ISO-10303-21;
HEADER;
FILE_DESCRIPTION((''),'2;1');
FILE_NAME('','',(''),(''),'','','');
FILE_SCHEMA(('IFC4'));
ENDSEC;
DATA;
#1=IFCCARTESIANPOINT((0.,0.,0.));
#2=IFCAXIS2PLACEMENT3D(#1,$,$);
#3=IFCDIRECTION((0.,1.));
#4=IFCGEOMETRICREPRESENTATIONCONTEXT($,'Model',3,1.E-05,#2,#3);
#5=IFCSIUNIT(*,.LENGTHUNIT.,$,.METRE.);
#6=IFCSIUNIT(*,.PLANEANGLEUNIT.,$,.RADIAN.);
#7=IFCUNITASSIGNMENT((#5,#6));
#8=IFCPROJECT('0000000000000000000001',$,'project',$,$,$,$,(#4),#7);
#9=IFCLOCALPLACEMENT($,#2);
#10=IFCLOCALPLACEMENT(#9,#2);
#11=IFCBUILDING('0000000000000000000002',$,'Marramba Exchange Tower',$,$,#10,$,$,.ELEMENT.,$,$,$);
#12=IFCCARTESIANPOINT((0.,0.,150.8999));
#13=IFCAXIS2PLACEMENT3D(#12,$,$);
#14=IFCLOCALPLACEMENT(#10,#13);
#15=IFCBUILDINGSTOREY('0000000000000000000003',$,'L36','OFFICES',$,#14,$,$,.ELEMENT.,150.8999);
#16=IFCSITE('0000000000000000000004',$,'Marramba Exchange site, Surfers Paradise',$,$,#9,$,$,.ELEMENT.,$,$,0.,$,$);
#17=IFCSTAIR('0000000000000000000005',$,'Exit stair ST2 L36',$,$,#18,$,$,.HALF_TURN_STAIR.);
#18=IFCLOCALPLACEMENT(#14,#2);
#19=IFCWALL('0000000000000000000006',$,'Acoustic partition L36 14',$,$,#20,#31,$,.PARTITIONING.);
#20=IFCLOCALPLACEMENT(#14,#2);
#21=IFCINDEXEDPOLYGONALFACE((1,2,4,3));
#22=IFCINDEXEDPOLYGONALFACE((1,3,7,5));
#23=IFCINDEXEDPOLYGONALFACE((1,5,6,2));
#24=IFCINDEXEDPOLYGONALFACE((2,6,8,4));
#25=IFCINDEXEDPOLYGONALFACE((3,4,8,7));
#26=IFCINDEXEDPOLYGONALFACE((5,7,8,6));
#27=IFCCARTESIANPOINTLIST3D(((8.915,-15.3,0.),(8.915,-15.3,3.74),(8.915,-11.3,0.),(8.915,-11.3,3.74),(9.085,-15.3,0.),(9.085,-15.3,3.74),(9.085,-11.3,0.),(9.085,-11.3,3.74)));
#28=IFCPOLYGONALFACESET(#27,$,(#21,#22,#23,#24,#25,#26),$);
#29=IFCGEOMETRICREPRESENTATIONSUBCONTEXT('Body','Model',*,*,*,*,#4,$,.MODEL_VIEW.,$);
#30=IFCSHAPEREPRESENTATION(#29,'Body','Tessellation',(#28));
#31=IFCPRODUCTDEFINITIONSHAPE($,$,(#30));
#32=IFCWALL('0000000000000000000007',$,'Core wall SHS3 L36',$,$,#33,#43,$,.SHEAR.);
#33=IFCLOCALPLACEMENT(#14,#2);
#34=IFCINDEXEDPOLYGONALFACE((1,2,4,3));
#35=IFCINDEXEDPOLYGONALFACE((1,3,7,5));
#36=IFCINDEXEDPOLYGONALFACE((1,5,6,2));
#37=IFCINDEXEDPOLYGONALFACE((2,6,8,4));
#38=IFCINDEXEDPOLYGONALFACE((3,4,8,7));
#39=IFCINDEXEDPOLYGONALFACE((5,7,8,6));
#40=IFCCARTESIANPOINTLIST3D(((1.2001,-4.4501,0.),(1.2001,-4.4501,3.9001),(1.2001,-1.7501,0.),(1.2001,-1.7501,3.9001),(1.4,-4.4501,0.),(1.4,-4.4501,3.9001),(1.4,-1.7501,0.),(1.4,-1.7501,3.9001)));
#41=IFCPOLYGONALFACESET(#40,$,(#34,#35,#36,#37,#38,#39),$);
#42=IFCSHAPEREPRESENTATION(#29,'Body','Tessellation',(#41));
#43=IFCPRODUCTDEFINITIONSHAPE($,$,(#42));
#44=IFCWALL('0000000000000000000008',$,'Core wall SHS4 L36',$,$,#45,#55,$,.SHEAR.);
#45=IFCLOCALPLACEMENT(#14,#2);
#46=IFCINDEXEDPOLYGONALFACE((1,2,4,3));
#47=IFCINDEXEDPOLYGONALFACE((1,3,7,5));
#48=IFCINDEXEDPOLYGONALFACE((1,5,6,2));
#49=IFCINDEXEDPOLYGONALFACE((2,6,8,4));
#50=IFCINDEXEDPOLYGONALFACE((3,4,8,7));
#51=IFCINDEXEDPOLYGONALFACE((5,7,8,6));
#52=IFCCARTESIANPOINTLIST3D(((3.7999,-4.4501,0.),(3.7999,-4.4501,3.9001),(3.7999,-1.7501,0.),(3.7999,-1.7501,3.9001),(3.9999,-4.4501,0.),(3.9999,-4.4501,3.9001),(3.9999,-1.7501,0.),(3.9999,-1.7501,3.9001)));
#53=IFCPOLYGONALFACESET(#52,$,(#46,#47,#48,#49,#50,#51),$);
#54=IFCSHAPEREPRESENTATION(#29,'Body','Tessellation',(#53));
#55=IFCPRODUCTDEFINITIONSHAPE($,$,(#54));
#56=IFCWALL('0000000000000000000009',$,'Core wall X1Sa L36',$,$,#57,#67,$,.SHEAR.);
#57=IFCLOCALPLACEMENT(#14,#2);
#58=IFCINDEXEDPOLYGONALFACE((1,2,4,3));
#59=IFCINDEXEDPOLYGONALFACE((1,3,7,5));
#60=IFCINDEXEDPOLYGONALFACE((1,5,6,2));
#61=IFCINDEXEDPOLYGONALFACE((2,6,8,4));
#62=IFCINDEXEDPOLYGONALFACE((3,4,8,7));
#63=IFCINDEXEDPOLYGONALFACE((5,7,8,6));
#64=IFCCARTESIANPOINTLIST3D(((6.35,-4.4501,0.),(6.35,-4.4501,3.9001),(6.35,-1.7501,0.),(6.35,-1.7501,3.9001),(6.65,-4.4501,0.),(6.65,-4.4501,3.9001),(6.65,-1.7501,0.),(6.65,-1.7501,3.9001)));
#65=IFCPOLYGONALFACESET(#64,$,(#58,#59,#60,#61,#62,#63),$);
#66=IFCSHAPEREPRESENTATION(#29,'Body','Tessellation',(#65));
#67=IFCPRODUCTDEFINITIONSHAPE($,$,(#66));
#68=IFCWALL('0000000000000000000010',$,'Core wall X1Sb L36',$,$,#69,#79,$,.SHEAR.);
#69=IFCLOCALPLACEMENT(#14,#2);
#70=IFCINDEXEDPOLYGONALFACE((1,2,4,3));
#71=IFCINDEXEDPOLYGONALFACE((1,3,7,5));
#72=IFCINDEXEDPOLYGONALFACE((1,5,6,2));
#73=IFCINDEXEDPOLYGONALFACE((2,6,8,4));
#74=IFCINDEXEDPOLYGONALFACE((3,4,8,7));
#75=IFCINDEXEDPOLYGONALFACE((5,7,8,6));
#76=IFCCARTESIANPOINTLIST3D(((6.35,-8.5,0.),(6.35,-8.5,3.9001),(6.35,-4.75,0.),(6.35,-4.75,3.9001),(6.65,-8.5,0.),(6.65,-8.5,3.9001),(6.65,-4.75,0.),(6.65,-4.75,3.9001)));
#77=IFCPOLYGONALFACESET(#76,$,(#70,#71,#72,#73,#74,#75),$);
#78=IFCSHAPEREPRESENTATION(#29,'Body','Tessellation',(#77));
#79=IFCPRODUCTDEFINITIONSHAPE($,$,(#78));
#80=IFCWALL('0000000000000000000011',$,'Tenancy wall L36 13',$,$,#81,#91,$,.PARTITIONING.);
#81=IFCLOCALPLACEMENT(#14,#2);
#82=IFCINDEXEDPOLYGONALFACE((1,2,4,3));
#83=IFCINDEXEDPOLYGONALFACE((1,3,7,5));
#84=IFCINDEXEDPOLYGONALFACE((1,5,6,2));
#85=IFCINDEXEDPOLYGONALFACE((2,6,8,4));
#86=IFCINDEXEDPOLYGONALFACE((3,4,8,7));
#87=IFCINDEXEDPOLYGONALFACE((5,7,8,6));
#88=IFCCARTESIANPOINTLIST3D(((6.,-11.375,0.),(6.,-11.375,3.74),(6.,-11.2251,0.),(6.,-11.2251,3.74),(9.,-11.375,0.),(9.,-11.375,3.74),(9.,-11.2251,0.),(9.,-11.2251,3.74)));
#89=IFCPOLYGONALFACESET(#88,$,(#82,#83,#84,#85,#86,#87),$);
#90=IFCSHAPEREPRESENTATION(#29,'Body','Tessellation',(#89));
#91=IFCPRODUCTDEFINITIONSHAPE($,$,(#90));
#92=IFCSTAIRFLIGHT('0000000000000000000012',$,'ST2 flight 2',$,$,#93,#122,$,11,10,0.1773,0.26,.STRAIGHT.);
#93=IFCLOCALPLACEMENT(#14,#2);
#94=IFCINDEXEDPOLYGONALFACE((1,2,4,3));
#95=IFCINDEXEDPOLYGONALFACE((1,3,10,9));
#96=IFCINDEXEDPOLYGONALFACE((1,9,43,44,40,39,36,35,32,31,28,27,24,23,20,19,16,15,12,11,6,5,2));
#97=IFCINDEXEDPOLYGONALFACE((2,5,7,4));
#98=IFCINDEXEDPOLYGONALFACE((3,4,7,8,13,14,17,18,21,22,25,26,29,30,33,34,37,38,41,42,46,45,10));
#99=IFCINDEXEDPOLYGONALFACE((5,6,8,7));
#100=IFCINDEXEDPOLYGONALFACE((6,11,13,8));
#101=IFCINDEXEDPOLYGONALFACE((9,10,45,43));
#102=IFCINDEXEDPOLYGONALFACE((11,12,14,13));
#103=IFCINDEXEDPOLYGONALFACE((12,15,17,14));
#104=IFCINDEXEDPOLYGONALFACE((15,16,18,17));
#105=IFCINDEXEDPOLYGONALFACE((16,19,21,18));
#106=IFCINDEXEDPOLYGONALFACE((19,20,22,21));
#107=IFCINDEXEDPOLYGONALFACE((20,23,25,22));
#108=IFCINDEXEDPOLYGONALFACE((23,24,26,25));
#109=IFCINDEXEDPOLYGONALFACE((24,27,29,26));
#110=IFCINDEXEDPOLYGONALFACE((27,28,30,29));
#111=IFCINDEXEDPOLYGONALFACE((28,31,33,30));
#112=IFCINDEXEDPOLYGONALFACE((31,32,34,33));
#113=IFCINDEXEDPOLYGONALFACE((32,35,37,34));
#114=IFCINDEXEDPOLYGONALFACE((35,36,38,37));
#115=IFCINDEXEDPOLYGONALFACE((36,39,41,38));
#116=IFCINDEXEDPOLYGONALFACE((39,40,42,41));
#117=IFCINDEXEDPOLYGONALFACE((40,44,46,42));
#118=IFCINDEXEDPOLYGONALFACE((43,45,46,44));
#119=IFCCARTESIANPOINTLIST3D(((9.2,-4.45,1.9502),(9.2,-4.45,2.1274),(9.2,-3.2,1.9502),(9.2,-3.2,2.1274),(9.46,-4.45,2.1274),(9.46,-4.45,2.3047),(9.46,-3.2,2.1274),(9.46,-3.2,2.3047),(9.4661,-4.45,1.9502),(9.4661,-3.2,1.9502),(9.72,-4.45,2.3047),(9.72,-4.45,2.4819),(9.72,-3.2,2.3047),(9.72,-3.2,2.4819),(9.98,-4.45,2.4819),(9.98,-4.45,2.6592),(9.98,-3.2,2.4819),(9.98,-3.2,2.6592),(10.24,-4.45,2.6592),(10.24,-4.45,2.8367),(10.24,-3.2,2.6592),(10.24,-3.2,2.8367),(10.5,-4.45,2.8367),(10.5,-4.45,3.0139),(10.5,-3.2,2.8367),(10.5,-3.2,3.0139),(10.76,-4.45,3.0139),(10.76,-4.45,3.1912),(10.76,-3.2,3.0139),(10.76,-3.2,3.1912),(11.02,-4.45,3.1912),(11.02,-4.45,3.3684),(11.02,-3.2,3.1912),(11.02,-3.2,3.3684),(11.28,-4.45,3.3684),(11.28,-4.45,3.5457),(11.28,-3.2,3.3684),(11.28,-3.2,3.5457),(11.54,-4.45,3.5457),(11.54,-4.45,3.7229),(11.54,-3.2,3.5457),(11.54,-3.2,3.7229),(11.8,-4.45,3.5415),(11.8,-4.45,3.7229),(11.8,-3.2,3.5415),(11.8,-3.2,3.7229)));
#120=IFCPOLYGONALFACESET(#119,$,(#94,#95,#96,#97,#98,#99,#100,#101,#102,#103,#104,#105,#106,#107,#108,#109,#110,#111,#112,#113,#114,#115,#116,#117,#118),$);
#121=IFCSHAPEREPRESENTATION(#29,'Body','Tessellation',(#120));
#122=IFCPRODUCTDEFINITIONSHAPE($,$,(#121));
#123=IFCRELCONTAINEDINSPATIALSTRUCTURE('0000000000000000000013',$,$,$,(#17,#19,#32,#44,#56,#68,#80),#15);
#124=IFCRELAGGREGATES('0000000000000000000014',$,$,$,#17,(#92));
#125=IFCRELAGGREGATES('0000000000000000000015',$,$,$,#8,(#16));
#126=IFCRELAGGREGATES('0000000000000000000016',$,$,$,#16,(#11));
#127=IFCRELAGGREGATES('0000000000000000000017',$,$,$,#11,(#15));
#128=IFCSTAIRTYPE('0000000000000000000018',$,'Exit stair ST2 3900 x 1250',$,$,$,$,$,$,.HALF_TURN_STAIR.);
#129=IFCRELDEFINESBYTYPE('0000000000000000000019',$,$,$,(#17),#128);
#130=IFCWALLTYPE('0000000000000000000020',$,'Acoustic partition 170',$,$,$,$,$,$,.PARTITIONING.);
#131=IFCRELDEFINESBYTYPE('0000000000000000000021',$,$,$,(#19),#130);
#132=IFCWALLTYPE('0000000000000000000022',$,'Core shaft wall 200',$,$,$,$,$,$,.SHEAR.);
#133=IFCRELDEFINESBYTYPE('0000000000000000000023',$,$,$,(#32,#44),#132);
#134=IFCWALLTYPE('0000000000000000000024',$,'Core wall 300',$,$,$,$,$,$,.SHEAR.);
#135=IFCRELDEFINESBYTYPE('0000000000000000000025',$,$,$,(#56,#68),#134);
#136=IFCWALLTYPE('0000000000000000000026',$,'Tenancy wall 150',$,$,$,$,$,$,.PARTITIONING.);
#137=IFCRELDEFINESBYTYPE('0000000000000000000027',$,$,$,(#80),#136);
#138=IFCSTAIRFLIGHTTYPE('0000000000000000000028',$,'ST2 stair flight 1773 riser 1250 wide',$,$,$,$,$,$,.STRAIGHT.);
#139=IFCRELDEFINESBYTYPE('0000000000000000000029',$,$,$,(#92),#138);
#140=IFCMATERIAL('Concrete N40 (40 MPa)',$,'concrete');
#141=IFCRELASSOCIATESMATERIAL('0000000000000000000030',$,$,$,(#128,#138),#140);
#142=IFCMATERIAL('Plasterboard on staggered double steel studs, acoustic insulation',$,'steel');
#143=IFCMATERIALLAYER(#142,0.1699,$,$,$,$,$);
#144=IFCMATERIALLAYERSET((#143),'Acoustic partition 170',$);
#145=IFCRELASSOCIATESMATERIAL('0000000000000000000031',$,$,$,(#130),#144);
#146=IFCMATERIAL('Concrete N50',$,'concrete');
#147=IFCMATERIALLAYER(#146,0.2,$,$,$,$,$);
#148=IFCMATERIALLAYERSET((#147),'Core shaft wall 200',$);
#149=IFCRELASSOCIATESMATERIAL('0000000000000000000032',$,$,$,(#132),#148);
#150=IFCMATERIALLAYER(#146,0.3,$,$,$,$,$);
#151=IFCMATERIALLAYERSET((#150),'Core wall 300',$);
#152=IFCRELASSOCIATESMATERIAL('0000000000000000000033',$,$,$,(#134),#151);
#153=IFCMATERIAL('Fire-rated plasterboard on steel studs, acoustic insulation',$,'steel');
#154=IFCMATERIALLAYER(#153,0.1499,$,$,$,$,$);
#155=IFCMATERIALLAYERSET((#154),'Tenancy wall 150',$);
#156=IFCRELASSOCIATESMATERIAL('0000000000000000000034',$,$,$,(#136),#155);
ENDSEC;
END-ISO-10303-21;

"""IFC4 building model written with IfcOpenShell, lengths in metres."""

from ifc_helpers import new_model, si_unit, direction, frame, frame_2d, origin, place, context, subcontext, project, spatial, polyline, rectangle, outline, extrude, material, layer, layer_set, type_object, element, aggregate, save


model = new_model("IFC4")

# Units and contexts
model_context = context("Model", 3, precision=1e-05, world=origin(), true_north=direction((0.0, 1.0)))
body_context = subcontext(model_context, "Body", "Model", "MODEL_VIEW")
ifc_project = project(units=[si_unit("LENGTHUNIT", "METRE"), si_unit("PLANEANGLEUNIT", "RADIAN")], contexts=[model_context])

# Site, building, storey
site_placement = place(None, origin())
site = spatial("IfcSite", under=ifc_project, at=site_placement, Name="Marramba Exchange site, Surfers Paradise", CompositionType="ELEMENT", RefElevation=0.0)
building_placement = place(site_placement, origin())
building = spatial("IfcBuilding", under=site, at=building_placement, Name="Marramba Exchange Tower", CompositionType="ELEMENT")
storey_placement = place(building_placement, frame((0.0, 0.0, 150.8999)))
storey = spatial("IfcBuildingStorey", under=building, at=storey_placement, Name="L36", Description="OFFICES", CompositionType="ELEMENT", Elevation=150.8999)

# Shared definitions
ifc_material_1 = material(Name="Concrete N40 (40 MPa)", Category="concrete")

# Stair
stair_type_1 = type_object("IfcStairType", Name="Exit stair ST2 3900 x 1250", PredefinedType="HALF_TURN_STAIR", material=ifc_material_1)
stair_1_placement = place(storey_placement, origin())
stair_1 = element("IfcStair", 1, at=stair_1_placement, inside=storey, type_object=stair_type_1, Name="Exit stair ST2 L36", PredefinedType="HALF_TURN_STAIR")

# Walls
ifc_material_2 = material(Name="Plasterboard on staggered double steel studs, acoustic insulation", Category="steel")
ifc_layer_1 = layer(ifc_material_2, 0.1699)
ifc_layer_set_1 = layer_set([ifc_layer_1], Name="Acoustic partition 170")
wall_type_1 = type_object("IfcWallType", Name="Acoustic partition 170", PredefinedType="PARTITIONING", material=ifc_layer_set_1)
for number, where, z_axis, x_axis, name in (
    (2, (9.0, -11.3, 0.0), (0.0, 0.0, 1.0), (0.0, -1.0, 0.0), "Acoustic partition L36 14"),
):
    element("IfcWall", number, at=place(storey_placement, frame(where, z_axis=z_axis, x_axis=x_axis)), inside=storey, type_object=wall_type_1, Name=name, PredefinedType="PARTITIONING", context=body_context, shape_type="SweptSolid", body=[
        extrude(rectangle(XDim=4.0, YDim=0.1699, at=frame_2d((2.0, 0.0))), origin(), (0.0, 0.0, 1.0), 3.74),
    ])
ifc_material_3 = material(Name="Concrete N50", Category="concrete")
ifc_layer_2 = layer(ifc_material_3, 0.2)
ifc_layer_set_2 = layer_set([ifc_layer_2], Name="Core shaft wall 200")
wall_type_2 = type_object("IfcWallType", Name="Core shaft wall 200", PredefinedType="SHEAR", material=ifc_layer_set_2)
for number, where, z_axis, x_axis, name in (
    (3, (1.3, -1.75, 0.0), (0.0, 0.0, 1.0), (0.0, -1.0, 0.0), "Core wall SHS3 L36"),
    (4, (3.8999, -1.75, 0.0), (0.0, 0.0, 1.0), (0.0, -1.0, 0.0), "Core wall SHS4 L36"),
):
    element("IfcWall", number, at=place(storey_placement, frame(where, z_axis=z_axis, x_axis=x_axis)), inside=storey, type_object=wall_type_2, Name=name, PredefinedType="SHEAR", context=body_context, shape_type="SweptSolid", body=[
        extrude(rectangle(XDim=2.7, YDim=0.2, at=frame_2d((1.3501, 0.0))), origin(), (0.0, 0.0, 1.0), 3.9001),
    ])
ifc_layer_3 = layer(ifc_material_3, 0.3)
ifc_layer_set_3 = layer_set([ifc_layer_3], Name="Core wall 300")
wall_type_3 = type_object("IfcWallType", Name="Core wall 300", PredefinedType="SHEAR", material=ifc_layer_set_3)
wall_1_placement = place(storey_placement, frame((6.5, -1.75, 0.0), z_axis=(0.0, 0.0, 1.0), x_axis=(0.0, -1.0, 0.0)))
element("IfcWall", 5, at=wall_1_placement, inside=storey, type_object=wall_type_3, Name="Core wall X1Sa L36", PredefinedType="SHEAR", context=body_context, shape_type="SweptSolid", body=[
    extrude(rectangle(XDim=2.7, YDim=0.3, at=frame_2d((1.3501, 0.0))), origin(), (0.0, 0.0, 1.0), 3.9001),
])
wall_2_placement = place(storey_placement, frame((6.5, -4.75, 0.0), z_axis=(0.0, 0.0, 1.0), x_axis=(0.0, -1.0, 0.0)))
element("IfcWall", 6, at=wall_2_placement, inside=storey, type_object=wall_type_3, Name="Core wall X1Sb L36", PredefinedType="SHEAR", context=body_context, shape_type="SweptSolid", body=[
    extrude(rectangle(XDim=3.75, YDim=0.3, at=frame_2d((1.875, 0.0))), origin(), (0.0, 0.0, 1.0), 3.9001),
])

# Wall
ifc_material_4 = material(Name="Fire-rated plasterboard on steel studs, acoustic insulation", Category="steel")
ifc_layer_4 = layer(ifc_material_4, 0.1499)
ifc_layer_set_4 = layer_set([ifc_layer_4], Name="Tenancy wall 150")
wall_type_4 = type_object("IfcWallType", Name="Tenancy wall 150", PredefinedType="PARTITIONING", material=ifc_layer_set_4)
wall_3_placement = place(storey_placement, frame((6.0, -11.3, 0.0), z_axis=(0.0, 0.0, 1.0), x_axis=(1.0, 0.0, 0.0)))
element("IfcWall", 7, at=wall_3_placement, inside=storey, type_object=wall_type_4, Name="Tenancy wall L36 13", PredefinedType="PARTITIONING", context=body_context, shape_type="SweptSolid", body=[
    extrude(rectangle(XDim=3.0, YDim=0.1499, at=frame_2d((1.5, 0.0))), origin(), (0.0, 0.0, 1.0), 3.74),
])

# Stair flight
stair_flight_type = type_object("IfcStairFlightType", Name="ST2 stair flight 1773 riser 1250 wide", PredefinedType="STRAIGHT", material=ifc_material_1)
stair_flight_placement = place(storey_placement, frame((9.2, -3.825, 1.9502), z_axis=(0.0, 0.0, 1.0), x_axis=(1.0, 0.0, 0.0)))
stair_flight = element("IfcStairFlight", 8, at=stair_flight_placement, type_object=stair_flight_type, Name="ST2 flight 2", NumberOfRisers=11, NumberOfTreads=10, PredefinedType="STRAIGHT", RiserHeight=0.1773, TreadLength=0.26, context=body_context, shape_type="SweptSolid", body=[
    extrude(outline(polyline([(0.0, 0.0), (0.0, 0.1772), (0.26, 0.1772), (0.26, 0.3545), (0.52, 0.3545), (0.52, 0.5317), (0.78, 0.5317), (0.78, 0.709), (1.04, 0.709), (1.04, 0.8865), (1.3, 0.8865), (1.3, 1.0637), (1.5601, 1.0637), (1.5601, 1.241), (1.8201, 1.241), (1.8201, 1.4182), (2.0801, 1.4182), (2.0801, 1.5955), (2.3401, 1.5955), (2.3401, 1.7727), (2.6001, 1.7727), (2.6001, 1.95), (2.6001, 1.5913), (0.2661, 0.0), (0.0, 0.0)])), frame((0.0, 0.625, 0.0), z_axis=(0.0, -1.0, 0.0), x_axis=(1.0, 0.0, 0.0)), (0.0, 0.0, 1.0), 1.25),
])
aggregate(stair_1, [stair_flight])

save(model, "model.ifc")
